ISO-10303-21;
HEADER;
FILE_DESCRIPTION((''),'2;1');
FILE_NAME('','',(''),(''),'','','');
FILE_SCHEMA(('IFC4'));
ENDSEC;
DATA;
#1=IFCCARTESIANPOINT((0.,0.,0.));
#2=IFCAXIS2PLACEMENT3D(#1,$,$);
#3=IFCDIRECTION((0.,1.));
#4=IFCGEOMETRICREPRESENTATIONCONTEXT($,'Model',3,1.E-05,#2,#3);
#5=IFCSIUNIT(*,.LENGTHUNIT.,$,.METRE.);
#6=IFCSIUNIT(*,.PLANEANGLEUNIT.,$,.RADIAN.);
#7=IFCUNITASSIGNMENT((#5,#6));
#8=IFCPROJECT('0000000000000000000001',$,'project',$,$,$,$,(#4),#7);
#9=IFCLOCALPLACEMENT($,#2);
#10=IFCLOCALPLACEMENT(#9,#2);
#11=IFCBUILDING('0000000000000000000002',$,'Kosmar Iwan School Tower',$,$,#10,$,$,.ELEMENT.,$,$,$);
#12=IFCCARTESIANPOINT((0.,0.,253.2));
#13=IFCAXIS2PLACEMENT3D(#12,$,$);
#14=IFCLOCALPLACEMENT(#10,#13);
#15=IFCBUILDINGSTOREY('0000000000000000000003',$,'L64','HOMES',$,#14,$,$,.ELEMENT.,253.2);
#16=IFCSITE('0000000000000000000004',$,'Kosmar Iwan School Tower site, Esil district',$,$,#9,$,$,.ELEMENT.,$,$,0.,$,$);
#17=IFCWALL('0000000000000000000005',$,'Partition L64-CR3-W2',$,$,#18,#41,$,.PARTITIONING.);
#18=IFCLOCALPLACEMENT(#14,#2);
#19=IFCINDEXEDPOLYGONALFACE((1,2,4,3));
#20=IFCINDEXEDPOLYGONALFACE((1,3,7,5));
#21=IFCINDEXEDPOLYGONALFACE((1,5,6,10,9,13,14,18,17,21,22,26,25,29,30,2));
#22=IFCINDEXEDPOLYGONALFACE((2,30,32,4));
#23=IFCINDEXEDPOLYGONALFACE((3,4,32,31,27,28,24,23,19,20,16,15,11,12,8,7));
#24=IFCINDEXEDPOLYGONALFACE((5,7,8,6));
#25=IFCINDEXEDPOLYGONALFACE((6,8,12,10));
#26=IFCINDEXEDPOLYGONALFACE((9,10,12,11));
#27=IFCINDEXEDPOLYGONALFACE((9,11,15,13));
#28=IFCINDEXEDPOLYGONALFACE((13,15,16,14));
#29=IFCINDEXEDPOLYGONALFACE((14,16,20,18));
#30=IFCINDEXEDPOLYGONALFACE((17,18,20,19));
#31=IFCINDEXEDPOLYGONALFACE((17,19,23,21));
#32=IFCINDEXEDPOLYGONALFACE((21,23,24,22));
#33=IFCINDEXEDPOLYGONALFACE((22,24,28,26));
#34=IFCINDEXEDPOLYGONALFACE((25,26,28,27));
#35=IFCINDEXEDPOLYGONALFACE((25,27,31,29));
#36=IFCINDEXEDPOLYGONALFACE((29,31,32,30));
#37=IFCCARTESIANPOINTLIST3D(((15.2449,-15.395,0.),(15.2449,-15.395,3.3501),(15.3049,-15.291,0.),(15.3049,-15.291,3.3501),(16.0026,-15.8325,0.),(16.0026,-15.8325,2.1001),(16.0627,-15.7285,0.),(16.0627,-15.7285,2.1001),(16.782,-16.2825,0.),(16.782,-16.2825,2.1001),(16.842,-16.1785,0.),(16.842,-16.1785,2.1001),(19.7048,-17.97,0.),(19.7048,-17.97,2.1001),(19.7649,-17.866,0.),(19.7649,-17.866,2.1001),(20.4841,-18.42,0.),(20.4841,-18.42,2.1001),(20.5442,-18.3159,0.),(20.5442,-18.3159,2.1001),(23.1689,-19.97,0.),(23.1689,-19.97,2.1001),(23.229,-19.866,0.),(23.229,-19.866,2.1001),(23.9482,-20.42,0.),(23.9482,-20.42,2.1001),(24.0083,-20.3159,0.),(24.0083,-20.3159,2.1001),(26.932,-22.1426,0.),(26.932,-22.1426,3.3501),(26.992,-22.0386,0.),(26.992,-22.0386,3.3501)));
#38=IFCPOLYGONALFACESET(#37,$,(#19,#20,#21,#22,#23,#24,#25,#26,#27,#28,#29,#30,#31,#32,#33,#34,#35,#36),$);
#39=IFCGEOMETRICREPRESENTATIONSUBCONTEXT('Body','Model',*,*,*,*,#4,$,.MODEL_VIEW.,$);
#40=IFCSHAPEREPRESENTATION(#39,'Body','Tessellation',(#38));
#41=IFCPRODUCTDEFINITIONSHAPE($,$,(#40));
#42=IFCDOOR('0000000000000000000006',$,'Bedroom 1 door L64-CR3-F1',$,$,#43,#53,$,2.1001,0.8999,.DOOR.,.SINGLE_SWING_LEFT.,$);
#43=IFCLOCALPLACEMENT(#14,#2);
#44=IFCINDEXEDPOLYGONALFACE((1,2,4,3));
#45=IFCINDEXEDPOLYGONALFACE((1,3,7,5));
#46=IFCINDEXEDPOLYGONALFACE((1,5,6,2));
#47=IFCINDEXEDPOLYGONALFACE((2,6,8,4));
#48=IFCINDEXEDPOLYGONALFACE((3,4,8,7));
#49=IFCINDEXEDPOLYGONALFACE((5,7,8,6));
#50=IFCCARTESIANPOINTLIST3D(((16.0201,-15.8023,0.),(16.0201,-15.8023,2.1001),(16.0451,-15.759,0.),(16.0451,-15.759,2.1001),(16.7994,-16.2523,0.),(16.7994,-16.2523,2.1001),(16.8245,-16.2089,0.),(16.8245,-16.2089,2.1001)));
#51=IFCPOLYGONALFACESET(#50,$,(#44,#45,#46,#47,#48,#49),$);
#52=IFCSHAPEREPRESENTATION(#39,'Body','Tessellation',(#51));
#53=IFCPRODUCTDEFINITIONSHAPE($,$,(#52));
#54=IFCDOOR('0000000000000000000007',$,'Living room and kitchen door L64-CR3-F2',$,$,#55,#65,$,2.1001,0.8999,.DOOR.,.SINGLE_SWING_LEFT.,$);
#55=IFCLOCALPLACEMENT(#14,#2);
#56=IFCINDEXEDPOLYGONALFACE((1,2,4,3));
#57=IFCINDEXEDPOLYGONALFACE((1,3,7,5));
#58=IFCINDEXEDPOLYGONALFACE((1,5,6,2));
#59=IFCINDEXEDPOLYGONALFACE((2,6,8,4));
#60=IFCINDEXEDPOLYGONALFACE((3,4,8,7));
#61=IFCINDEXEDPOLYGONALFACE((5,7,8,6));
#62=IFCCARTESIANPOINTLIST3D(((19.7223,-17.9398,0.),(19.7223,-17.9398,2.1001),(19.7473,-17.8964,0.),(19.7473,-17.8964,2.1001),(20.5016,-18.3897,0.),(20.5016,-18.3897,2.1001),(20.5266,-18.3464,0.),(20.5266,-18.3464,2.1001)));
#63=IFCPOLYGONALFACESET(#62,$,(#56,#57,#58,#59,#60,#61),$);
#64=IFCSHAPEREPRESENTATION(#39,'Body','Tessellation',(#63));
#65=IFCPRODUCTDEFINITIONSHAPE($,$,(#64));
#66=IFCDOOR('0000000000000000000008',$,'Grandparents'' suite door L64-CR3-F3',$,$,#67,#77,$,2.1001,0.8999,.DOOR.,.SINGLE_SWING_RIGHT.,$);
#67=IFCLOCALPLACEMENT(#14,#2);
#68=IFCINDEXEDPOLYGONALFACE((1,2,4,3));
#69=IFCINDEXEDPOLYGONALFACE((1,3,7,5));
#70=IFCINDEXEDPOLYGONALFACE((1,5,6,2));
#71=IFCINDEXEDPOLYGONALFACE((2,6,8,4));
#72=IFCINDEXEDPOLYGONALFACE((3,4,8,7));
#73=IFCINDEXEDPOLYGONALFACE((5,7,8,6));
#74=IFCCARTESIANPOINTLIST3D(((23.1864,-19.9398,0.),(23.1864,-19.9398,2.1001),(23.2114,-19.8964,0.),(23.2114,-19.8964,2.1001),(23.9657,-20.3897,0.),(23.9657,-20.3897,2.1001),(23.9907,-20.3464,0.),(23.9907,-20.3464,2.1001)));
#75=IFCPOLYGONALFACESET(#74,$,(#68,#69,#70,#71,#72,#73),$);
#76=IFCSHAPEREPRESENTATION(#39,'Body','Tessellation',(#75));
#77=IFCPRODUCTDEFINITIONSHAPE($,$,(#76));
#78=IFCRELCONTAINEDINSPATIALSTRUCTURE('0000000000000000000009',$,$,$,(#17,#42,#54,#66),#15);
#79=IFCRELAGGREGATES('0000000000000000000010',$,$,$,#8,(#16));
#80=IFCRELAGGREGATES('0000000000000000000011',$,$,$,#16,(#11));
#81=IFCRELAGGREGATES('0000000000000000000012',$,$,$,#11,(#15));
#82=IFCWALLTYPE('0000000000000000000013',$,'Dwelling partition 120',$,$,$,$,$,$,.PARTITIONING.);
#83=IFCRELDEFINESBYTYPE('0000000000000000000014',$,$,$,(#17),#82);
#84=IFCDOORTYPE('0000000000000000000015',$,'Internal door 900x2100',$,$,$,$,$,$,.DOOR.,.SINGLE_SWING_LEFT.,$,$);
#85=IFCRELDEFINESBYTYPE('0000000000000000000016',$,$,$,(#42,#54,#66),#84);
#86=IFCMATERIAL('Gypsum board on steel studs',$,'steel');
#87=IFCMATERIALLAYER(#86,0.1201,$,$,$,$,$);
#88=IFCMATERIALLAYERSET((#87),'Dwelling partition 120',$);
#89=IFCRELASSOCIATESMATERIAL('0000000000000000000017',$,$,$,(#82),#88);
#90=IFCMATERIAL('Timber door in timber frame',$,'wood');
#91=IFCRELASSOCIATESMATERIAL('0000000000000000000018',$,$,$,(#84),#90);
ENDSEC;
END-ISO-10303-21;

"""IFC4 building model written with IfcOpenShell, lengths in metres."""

from ifc_helpers import new_model, si_unit, direction, frame, frame_2d, origin, place, context, subcontext, project, spatial, rectangle, extrude, material, layer, layer_set, type_object, element, fill, save


model = new_model("IFC4")

# Units and contexts
model_context = context("Model", 3, precision=1e-05, world=origin(), true_north=direction((0.0, 1.0)))
body_context = subcontext(model_context, "Body", "Model", "MODEL_VIEW")
ifc_project = project(units=[si_unit("LENGTHUNIT", "METRE"), si_unit("PLANEANGLEUNIT", "RADIAN")], contexts=[model_context])

# Site, building, storey
site_placement = place(None, origin())
site = spatial("IfcSite", under=ifc_project, at=site_placement, Name="Kosmar Iwan School Tower site, Esil district", CompositionType="ELEMENT", RefElevation=0.0)
building_placement = place(site_placement, origin())
building = spatial("IfcBuilding", under=site, at=building_placement, Name="Kosmar Iwan School Tower", CompositionType="ELEMENT")
storey_placement = place(building_placement, frame((0.0, 0.0, 253.2)))
storey = spatial("IfcBuildingStorey", under=building, at=storey_placement, Name="L64", Description="HOMES", CompositionType="ELEMENT", Elevation=253.2)

# Wall, openings, doors
ifc_material_1 = material(Name="Gypsum board on steel studs", Category="steel")
ifc_layer = layer(ifc_material_1, 0.1201)
ifc_layer_set = layer_set([ifc_layer], Name="Dwelling partition 120")
wall_type = type_object("IfcWallType", Name="Dwelling partition 120", PredefinedType="PARTITIONING", material=ifc_layer_set)
ifc_material_2 = material(Name="Timber door in timber frame", Category="wood")
door_type_1 = type_object("IfcDoorType", Name="Internal door 900x2100", OperationType="SINGLE_SWING_LEFT", PredefinedType="DOOR", material=ifc_material_2)
wall_1_placement = place(storey_placement, frame((15.2749, -15.343, 0.0), z_axis=(0.0, 0.0, 1.0), x_axis=(0.866024, -0.500003, 0.0)))
wall_1 = element("IfcWall", 1, at=wall_1_placement, inside=storey, type_object=wall_type, Name="Partition L64-CR3-W2", PredefinedType="PARTITIONING", context=body_context, shape_type="SweptSolid", body=[
    extrude(rectangle(XDim=13.4951, YDim=0.1201, at=frame_2d((6.7476, 0.0))), origin(), (0.0, 0.0, 1.0), 3.3501),
])
opening_1_placement = place(wall_1_placement, frame((0.875, 0.0, 0.0)))
opening_1 = element("IfcOpeningElement", 2, at=opening_1_placement, cuts=wall_1, PredefinedType="OPENING", context=body_context, shape_type="SweptSolid", body=[
    extrude(rectangle(XDim=0.8999, YDim=2.1001, at=frame_2d((0.45, 1.05))), frame((0.0, 0.072, 0.0), z_axis=(0.0, -1.0, 0.0), x_axis=(1.0, 0.0, 0.0)), (0.0, 0.0, 1.0), 0.144),
])
opening_2_placement = place(wall_1_placement, frame((5.1499, 0.0, 0.0)))
opening_2 = element("IfcOpeningElement", 3, at=opening_2_placement, cuts=wall_1, PredefinedType="OPENING", context=body_context, shape_type="SweptSolid", body=[
    extrude(rectangle(XDim=0.8999, YDim=2.1001, at=frame_2d((0.45, 1.05))), frame((0.0, 0.072, 0.0), z_axis=(0.0, -1.0, 0.0), x_axis=(1.0, 0.0, 0.0)), (0.0, 0.0, 1.0), 0.144),
])
opening_3_placement = place(wall_1_placement, frame((9.1499, 0.0, 0.0)))
opening_3 = element("IfcOpeningElement", 4, at=opening_3_placement, cuts=wall_1, PredefinedType="OPENING", context=body_context, shape_type="SweptSolid", body=[
    extrude(rectangle(XDim=0.8999, YDim=2.1001, at=frame_2d((0.45, 1.05))), frame((0.0, 0.072, 0.0), z_axis=(0.0, -1.0, 0.0), x_axis=(1.0, 0.0, 0.0)), (0.0, 0.0, 1.0), 0.144),
])
door_1_placement = place(opening_1_placement, origin())
door_1 = element("IfcDoor", 5, at=door_1_placement, inside=storey, type_object=door_type_1, Name="Bedroom 1 door L64-CR3-F1", OperationType="SINGLE_SWING_LEFT", OverallHeight=2.1001, OverallWidth=0.8999, PredefinedType="DOOR", context=body_context, shape_type="SweptSolid", body=[
    extrude(rectangle(XDim=0.8999, YDim=2.1001, at=frame_2d((0.45, 1.05))), frame((0.0, 0.0249, 0.0), z_axis=(0.0, -1.0, 0.0), x_axis=(1.0, 0.0, 0.0)), (0.0, 0.0, 1.0), 0.05),
])
fill(opening_1, door_1)
door_2_placement = place(opening_2_placement, origin())
door_2 = element("IfcDoor", 6, at=door_2_placement, inside=storey, type_object=door_type_1, Name="Living room and kitchen door L64-CR3-F2", OperationType="SINGLE_SWING_LEFT", OverallHeight=2.1001, OverallWidth=0.8999, PredefinedType="DOOR", context=body_context, shape_type="SweptSolid", body=[
    extrude(rectangle(XDim=0.8999, YDim=2.1001, at=frame_2d((0.45, 1.05))), frame((0.0, 0.0249, 0.0), z_axis=(0.0, -1.0, 0.0), x_axis=(1.0, 0.0, 0.0)), (0.0, 0.0, 1.0), 0.05),
])
fill(opening_2, door_2)
door_3_placement = place(opening_3_placement, origin())
door_3 = element("IfcDoor", 7, at=door_3_placement, inside=storey, type_object=door_type_1, Name="Grandparents' suite door L64-CR3-F3", OperationType="SINGLE_SWING_RIGHT", OverallHeight=2.1001, OverallWidth=0.8999, PredefinedType="DOOR", context=body_context, shape_type="SweptSolid", body=[
    extrude(rectangle(XDim=0.8999, YDim=2.1001, at=frame_2d((0.45, 1.05))), frame((0.0, 0.0249, 0.0), z_axis=(0.0, -1.0, 0.0), x_axis=(1.0, 0.0, 0.0)), (0.0, 0.0, 1.0), 0.05),
])
fill(opening_3, door_3)

save(model, "model.ifc")
